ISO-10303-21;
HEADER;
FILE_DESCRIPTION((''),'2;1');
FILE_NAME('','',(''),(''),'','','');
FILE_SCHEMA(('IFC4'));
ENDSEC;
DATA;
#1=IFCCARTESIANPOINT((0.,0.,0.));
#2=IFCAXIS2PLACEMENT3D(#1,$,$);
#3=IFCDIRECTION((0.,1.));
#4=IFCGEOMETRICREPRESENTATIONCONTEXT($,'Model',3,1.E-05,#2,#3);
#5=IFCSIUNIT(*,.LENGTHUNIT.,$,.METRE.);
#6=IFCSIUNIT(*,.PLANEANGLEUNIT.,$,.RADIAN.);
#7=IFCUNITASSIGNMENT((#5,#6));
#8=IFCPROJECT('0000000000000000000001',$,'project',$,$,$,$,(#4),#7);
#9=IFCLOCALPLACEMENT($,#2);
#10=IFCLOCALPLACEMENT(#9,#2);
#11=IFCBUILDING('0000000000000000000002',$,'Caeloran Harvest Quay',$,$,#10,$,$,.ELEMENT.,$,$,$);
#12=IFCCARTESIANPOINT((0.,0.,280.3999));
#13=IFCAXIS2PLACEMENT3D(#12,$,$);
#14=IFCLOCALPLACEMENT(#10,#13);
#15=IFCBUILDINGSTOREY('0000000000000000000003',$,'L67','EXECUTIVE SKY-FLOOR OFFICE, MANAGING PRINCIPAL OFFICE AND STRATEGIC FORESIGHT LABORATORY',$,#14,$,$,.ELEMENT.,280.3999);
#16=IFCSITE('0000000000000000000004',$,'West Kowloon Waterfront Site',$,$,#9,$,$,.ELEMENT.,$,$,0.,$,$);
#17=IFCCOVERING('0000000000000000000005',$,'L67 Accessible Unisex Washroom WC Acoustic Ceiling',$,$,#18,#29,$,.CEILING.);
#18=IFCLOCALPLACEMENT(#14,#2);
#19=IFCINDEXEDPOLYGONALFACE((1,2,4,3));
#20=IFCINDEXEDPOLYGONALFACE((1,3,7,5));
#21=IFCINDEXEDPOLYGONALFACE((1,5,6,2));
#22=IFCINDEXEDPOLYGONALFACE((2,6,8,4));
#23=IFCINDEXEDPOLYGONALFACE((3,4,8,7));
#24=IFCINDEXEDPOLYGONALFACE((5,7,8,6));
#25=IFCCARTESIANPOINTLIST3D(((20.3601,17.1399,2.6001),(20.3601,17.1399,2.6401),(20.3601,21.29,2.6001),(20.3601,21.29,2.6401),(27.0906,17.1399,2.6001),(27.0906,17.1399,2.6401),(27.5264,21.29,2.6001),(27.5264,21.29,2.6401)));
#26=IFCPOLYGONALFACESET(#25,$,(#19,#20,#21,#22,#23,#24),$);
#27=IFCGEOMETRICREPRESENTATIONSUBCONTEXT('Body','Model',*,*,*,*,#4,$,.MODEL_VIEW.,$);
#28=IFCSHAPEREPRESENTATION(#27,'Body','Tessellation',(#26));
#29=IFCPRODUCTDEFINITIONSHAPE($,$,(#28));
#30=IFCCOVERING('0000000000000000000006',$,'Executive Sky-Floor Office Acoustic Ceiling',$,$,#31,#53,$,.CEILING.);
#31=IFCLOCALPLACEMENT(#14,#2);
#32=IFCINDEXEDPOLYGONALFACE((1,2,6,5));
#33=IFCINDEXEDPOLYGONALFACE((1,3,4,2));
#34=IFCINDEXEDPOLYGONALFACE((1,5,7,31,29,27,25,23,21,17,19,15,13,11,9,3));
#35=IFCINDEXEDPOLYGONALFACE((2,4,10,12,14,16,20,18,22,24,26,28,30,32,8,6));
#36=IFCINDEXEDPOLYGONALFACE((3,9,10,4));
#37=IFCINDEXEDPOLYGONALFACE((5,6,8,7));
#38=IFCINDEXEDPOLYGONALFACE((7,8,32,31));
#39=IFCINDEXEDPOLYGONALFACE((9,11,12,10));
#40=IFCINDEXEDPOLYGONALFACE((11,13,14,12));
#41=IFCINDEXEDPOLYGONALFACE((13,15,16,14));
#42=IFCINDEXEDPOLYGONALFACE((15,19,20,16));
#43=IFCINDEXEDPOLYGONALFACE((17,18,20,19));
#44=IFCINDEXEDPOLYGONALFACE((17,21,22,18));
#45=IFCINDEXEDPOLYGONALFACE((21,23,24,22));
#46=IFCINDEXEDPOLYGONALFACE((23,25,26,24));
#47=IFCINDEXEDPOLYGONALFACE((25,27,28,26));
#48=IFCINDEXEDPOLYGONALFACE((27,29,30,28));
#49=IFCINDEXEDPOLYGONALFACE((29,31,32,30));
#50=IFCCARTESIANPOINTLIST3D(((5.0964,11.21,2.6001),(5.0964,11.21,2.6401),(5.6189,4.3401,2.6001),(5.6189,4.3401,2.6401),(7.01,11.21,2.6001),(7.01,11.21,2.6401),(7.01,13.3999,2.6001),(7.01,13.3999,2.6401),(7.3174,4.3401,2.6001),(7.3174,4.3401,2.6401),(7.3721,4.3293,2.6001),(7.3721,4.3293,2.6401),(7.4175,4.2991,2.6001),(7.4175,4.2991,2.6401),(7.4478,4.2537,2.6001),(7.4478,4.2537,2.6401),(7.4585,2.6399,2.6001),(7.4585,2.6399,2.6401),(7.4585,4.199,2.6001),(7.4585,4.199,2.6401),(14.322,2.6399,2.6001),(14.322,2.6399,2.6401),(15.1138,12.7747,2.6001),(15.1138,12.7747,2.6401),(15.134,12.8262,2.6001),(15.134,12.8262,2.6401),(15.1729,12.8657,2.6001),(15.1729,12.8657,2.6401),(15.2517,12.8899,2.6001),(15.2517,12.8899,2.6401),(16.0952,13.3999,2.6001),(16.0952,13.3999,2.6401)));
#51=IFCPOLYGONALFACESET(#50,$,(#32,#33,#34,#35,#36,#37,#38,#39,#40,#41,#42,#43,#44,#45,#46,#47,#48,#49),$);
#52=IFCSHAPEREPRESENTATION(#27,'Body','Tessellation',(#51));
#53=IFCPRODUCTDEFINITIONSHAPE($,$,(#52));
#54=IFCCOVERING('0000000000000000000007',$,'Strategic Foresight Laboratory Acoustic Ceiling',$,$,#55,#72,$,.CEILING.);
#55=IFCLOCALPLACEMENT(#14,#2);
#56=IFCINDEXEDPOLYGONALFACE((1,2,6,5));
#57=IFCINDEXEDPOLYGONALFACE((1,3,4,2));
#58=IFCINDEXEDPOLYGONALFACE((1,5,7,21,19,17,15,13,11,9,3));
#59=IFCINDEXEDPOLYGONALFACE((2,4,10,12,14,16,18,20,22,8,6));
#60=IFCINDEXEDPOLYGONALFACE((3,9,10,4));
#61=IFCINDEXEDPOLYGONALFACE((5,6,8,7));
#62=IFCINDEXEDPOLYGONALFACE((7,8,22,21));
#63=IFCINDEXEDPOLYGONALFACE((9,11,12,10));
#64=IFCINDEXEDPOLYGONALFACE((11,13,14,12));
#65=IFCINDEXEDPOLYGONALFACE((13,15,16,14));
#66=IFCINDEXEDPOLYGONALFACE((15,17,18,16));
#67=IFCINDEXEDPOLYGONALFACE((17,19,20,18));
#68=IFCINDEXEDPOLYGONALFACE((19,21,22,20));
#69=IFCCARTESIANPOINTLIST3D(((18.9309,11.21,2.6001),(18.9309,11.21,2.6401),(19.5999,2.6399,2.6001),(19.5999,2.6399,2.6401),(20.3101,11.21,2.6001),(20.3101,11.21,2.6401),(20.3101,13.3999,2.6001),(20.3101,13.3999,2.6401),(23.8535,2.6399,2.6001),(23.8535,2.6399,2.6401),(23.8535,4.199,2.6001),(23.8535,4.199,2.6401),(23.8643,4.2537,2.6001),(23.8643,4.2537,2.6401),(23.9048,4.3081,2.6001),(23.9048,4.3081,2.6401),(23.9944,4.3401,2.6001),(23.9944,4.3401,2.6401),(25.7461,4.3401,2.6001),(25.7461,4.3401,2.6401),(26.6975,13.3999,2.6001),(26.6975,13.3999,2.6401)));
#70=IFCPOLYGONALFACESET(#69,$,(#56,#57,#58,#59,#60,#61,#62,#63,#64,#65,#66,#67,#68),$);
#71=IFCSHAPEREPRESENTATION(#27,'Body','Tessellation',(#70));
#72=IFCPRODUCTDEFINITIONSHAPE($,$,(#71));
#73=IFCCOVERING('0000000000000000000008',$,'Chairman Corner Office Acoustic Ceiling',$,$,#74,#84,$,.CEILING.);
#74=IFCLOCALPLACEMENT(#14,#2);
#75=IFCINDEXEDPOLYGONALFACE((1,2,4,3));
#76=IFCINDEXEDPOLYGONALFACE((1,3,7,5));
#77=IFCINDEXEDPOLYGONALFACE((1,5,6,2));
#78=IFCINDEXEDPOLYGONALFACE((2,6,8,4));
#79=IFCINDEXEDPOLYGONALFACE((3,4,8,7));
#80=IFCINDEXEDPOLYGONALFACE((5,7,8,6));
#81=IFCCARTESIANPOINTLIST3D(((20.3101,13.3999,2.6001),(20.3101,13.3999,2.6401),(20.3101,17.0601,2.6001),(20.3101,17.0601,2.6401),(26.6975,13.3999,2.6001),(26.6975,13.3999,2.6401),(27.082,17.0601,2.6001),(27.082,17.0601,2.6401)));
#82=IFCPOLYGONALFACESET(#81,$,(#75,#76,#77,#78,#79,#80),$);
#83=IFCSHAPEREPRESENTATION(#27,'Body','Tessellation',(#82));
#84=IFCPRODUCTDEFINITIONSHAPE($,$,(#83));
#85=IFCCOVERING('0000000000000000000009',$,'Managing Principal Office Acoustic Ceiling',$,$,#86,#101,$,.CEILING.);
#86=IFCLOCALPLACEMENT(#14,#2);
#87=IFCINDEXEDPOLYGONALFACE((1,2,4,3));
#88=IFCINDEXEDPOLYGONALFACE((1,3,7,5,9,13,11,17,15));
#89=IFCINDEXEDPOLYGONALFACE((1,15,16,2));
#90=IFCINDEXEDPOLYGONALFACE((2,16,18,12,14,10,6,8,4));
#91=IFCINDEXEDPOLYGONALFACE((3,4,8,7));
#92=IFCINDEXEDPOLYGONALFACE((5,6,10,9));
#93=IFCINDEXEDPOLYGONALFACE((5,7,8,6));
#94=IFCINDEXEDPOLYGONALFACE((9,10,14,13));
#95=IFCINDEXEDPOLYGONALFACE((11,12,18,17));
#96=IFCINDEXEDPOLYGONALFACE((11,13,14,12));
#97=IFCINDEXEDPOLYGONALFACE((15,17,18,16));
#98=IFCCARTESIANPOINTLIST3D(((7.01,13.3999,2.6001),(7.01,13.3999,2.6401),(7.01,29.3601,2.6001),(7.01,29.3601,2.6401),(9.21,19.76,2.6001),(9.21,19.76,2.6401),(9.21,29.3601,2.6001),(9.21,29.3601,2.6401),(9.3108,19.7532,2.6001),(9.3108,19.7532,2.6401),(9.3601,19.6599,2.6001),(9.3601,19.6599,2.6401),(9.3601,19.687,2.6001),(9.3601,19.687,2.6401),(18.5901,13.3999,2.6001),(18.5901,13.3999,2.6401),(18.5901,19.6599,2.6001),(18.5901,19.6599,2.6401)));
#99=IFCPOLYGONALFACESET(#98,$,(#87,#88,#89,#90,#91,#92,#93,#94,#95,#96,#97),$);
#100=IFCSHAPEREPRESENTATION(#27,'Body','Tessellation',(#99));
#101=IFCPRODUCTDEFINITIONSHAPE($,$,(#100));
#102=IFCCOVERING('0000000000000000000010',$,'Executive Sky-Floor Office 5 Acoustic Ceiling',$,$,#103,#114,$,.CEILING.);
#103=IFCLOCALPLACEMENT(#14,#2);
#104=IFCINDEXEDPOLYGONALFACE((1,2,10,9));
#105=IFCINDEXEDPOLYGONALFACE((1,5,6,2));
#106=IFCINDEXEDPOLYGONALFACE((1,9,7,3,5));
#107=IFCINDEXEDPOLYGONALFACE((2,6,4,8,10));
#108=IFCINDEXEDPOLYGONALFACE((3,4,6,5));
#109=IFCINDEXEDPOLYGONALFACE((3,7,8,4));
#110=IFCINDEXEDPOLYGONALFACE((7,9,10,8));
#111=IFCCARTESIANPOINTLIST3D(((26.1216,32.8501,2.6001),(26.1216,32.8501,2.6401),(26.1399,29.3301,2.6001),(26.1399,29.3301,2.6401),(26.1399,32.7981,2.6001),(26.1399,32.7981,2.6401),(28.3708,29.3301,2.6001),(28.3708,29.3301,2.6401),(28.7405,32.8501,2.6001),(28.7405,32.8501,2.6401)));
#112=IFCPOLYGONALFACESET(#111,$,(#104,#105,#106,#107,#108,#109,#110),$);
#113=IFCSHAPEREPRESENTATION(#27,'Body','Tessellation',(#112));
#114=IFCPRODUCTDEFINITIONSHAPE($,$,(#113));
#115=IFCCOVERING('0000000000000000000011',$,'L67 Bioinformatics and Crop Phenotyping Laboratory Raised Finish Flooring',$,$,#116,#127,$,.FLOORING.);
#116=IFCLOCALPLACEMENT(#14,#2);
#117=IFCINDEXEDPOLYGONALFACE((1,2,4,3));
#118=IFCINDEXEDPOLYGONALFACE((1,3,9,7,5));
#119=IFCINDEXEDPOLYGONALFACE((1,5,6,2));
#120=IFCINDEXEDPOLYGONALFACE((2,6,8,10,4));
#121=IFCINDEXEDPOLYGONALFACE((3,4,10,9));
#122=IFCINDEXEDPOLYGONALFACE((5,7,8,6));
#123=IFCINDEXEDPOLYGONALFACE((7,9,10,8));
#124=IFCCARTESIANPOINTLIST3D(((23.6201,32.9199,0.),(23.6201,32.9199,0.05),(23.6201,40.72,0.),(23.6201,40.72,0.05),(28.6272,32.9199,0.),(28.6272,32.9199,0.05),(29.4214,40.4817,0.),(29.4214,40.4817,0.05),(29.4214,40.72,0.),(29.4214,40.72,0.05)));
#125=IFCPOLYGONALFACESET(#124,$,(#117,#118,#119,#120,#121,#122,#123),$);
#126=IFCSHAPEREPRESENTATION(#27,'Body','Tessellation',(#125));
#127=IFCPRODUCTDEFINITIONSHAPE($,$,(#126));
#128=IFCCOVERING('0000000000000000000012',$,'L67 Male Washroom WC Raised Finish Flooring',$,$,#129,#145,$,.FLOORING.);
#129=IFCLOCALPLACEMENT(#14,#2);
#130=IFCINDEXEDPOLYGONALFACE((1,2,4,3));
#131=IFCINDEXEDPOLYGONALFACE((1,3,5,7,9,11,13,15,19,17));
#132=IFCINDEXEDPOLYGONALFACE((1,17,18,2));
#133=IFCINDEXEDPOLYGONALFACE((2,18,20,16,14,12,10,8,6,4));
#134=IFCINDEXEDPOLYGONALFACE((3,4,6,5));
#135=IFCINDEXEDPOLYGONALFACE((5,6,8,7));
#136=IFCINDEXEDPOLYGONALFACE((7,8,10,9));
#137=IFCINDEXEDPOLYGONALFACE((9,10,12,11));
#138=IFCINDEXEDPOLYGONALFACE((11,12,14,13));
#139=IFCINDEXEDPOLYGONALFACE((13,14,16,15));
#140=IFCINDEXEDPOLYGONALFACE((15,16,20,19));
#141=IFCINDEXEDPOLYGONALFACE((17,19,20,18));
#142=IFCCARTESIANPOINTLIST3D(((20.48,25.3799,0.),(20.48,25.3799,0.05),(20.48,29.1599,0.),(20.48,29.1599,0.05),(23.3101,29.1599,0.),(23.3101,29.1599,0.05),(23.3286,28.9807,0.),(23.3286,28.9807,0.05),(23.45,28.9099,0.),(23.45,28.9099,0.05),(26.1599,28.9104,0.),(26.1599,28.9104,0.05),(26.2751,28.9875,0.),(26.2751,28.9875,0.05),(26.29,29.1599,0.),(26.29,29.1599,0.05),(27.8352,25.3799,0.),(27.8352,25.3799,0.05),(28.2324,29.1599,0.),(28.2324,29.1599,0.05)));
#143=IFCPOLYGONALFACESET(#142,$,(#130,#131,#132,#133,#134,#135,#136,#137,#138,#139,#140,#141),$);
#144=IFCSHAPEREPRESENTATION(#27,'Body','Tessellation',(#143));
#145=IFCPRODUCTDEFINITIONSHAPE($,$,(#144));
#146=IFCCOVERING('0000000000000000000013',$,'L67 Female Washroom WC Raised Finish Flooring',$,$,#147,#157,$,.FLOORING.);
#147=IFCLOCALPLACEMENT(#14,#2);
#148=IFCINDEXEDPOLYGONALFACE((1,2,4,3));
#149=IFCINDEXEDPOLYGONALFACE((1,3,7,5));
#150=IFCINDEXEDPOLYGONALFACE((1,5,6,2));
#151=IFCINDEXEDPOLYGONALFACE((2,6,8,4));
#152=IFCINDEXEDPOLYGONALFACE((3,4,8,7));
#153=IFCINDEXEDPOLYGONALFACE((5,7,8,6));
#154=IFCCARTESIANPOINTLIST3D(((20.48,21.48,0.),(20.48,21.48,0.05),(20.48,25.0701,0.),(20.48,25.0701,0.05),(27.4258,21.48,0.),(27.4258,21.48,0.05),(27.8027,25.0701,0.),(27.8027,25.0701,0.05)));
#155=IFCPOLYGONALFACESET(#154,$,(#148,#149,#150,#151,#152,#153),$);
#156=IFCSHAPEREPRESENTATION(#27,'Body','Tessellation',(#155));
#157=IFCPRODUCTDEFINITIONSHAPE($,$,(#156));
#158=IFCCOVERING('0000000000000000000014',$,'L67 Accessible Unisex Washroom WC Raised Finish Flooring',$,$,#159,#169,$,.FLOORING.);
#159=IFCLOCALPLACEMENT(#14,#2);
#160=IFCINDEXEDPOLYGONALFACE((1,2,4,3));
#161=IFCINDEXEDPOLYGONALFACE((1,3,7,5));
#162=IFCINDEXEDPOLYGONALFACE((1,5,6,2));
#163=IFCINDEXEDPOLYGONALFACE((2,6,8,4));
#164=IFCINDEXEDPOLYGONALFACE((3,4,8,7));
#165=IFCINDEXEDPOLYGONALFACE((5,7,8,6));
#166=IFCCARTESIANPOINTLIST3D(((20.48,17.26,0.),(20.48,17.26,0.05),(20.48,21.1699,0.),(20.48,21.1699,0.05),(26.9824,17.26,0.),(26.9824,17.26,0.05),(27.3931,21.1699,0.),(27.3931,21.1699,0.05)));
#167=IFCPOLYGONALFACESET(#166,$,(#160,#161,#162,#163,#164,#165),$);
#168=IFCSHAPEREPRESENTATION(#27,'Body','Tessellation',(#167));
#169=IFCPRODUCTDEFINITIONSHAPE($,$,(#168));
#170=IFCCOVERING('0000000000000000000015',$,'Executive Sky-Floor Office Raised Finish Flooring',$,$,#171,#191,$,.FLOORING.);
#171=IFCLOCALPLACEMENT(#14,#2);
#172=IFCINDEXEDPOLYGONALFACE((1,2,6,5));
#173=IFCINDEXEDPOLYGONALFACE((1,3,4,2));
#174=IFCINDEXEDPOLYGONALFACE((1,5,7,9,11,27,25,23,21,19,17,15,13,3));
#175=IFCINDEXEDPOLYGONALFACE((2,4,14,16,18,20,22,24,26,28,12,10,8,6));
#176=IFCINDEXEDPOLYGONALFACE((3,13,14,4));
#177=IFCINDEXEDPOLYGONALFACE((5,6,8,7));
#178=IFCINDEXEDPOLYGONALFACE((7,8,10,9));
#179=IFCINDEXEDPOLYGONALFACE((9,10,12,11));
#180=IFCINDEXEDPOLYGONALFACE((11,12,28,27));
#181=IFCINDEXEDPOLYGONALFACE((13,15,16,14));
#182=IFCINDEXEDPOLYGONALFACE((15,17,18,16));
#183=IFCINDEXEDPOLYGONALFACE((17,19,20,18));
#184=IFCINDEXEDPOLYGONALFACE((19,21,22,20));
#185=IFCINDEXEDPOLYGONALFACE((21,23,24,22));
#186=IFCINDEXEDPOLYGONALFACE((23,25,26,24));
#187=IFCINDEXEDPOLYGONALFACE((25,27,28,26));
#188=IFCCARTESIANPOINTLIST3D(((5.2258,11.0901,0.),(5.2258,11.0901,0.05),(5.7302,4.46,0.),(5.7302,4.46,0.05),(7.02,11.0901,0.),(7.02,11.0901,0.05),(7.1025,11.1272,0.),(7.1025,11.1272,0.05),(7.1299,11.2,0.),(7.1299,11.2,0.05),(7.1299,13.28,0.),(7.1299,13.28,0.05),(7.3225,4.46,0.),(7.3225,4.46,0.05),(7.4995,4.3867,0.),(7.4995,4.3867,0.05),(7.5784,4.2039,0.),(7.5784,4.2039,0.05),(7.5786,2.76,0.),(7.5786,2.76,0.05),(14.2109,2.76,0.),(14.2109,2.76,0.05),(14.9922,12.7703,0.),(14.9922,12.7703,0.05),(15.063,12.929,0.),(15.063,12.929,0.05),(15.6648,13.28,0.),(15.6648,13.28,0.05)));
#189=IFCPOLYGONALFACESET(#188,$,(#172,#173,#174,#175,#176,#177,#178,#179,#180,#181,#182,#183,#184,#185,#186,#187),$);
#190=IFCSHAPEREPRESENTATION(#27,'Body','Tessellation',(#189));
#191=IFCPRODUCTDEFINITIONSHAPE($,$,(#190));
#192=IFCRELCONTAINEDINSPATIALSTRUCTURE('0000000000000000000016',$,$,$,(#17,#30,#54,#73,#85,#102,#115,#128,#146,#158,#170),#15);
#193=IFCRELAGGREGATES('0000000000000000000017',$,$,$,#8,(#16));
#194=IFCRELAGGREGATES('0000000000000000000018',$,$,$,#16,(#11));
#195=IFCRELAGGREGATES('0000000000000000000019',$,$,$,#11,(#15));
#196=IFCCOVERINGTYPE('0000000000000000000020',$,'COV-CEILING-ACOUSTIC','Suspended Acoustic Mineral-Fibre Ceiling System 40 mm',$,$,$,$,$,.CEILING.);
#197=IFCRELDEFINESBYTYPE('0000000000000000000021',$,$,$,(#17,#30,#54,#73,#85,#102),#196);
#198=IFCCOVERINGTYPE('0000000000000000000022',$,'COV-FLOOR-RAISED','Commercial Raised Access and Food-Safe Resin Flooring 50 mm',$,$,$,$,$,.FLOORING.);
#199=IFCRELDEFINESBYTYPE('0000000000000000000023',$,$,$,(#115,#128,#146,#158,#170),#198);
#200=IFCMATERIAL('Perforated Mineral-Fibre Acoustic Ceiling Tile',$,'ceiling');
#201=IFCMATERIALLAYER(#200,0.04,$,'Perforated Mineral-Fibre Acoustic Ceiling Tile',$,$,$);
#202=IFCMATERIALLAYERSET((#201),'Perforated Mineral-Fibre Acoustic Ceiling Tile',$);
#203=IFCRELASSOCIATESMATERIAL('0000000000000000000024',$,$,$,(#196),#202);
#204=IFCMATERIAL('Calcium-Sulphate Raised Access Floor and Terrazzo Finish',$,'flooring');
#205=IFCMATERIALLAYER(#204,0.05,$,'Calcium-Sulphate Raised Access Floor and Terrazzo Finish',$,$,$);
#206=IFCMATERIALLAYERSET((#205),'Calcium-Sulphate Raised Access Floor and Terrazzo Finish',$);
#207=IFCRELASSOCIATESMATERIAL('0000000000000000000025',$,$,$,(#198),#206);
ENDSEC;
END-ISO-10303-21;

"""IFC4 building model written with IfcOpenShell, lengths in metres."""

from ifc_helpers import new_model, si_unit, direction, frame, origin, place, context, subcontext, project, spatial, polyline, outline, extrude, material, layer, layer_set, type_object, element, save


model = new_model("IFC4")

# Units and contexts
model_context = context("Model", 3, precision=1e-05, world=origin(), true_north=direction((0.0, 1.0)))
body_context = subcontext(model_context, "Body", "Model", "MODEL_VIEW")
ifc_project = project(units=[si_unit("LENGTHUNIT", "METRE"), si_unit("PLANEANGLEUNIT", "RADIAN")], contexts=[model_context])

# Site, building, storey
site_placement = place(None, origin())
site = spatial("IfcSite", under=ifc_project, at=site_placement, Name="West Kowloon Waterfront Site", CompositionType="ELEMENT", RefElevation=0.0)
building_placement = place(site_placement, origin())
building = spatial("IfcBuilding", under=site, at=building_placement, Name="Caeloran Harvest Quay", CompositionType="ELEMENT")
storey_placement = place(building_placement, frame((0.0, 0.0, 280.3999)))
storey = spatial("IfcBuildingStorey", under=building, at=storey_placement, Name="L67", Description="EXECUTIVE SKY-FLOOR OFFICE, MANAGING PRINCIPAL OFFICE AND STRATEGIC FORESIGHT LABORATORY", CompositionType="ELEMENT", Elevation=280.3999)

# Coverings
ifc_material_1 = material(Name="Perforated Mineral-Fibre Acoustic Ceiling Tile", Category="ceiling")
ifc_layer_1 = layer(ifc_material_1, 0.04, Name="Perforated Mineral-Fibre Acoustic Ceiling Tile")
ifc_layer_set_1 = layer_set([ifc_layer_1], Name="Perforated Mineral-Fibre Acoustic Ceiling Tile")
covering_type_1 = type_object("IfcCoveringType", Name="COV-CEILING-ACOUSTIC", Description="Suspended Acoustic Mineral-Fibre Ceiling System 40 mm", PredefinedType="CEILING", material=ifc_layer_set_1)
covering_1_placement = place(storey_placement, frame((0.0, 0.0, 2.6001)))
element("IfcCovering", 1, at=covering_1_placement, inside=storey, type_object=covering_type_1, Name="L67 Accessible Unisex Washroom WC Acoustic Ceiling", PredefinedType="CEILING", context=body_context, shape_type="SweptSolid", body=[
    extrude(outline(polyline([(27.5264, 21.29), (27.0906, 17.1399), (20.3601, 17.1399), (20.3601, 21.29), (27.5264, 21.29)])), origin(), (0.0, 0.0, 1.0), 0.04),
])
covering_2_placement = place(storey_placement, frame((0.0, 0.0, 2.6001)))
element("IfcCovering", 2, at=covering_2_placement, inside=storey, type_object=covering_type_1, Name="Executive Sky-Floor Office Acoustic Ceiling", PredefinedType="CEILING", context=body_context, shape_type="SweptSolid", body=[
    extrude(outline(polyline([(7.01, 11.21), (7.01, 13.3999), (16.0952, 13.3999), (15.2517, 12.8899), (15.1729, 12.8657), (15.134, 12.8262), (15.1138, 12.7747), (14.322, 2.6399), (7.4585, 2.6399), (7.4585, 4.199), (7.4478, 4.2537), (7.4175, 4.2991), (7.3721, 4.3293), (7.3174, 4.3401), (5.6189, 4.3401), (5.0964, 11.21), (7.01, 11.21)])), origin(), (0.0, 0.0, 1.0), 0.04),
])
covering_3_placement = place(storey_placement, frame((0.0, 0.0, 2.6001)))
element("IfcCovering", 3, at=covering_3_placement, inside=storey, type_object=covering_type_1, Name="Strategic Foresight Laboratory Acoustic Ceiling", PredefinedType="CEILING", context=body_context, shape_type="SweptSolid", body=[
    extrude(outline(polyline([(20.3101, 11.21), (20.3101, 13.3999), (26.6975, 13.3999), (25.7461, 4.3401), (23.9944, 4.3401), (23.9048, 4.3081), (23.8643, 4.2537), (23.8535, 4.199), (23.8535, 2.6399), (19.5999, 2.6399), (18.9309, 11.21), (20.3101, 11.21)])), origin(), (0.0, 0.0, 1.0), 0.04),
])
covering_4_placement = place(storey_placement, frame((0.0, 0.0, 2.6001)))
element("IfcCovering", 4, at=covering_4_placement, inside=storey, type_object=covering_type_1, Name="Chairman Corner Office Acoustic Ceiling", PredefinedType="CEILING", context=body_context, shape_type="SweptSolid", body=[
    extrude(outline(polyline([(20.3101, 17.0601), (27.082, 17.0601), (26.6975, 13.3999), (20.3101, 13.3999), (20.3101, 17.0601)])), origin(), (0.0, 0.0, 1.0), 0.04),
])
covering_5_placement = place(storey_placement, frame((0.0, 0.0, 2.6001)))
element("IfcCovering", 5, at=covering_5_placement, inside=storey, type_object=covering_type_1, Name="Managing Principal Office Acoustic Ceiling", PredefinedType="CEILING", context=body_context, shape_type="SweptSolid", body=[
    extrude(outline(polyline([(9.3108, 19.7532), (9.3601, 19.687), (9.3601, 19.6599), (18.5901, 19.6599), (18.5901, 13.3999), (7.01, 13.3999), (7.01, 29.3601), (9.21, 29.3601), (9.21, 19.76), (9.3108, 19.7532)])), origin(), (0.0, 0.0, 1.0), 0.04),
])
covering_6_placement = place(storey_placement, frame((0.0, 0.0, 2.6001)))
element("IfcCovering", 6, at=covering_6_placement, inside=storey, type_object=covering_type_1, Name="Executive Sky-Floor Office 5 Acoustic Ceiling", PredefinedType="CEILING", context=body_context, shape_type="SweptSolid", body=[
    extrude(outline(polyline([(26.1399, 32.7981), (26.1216, 32.8501), (28.7405, 32.8501), (28.3708, 29.3301), (26.1399, 29.3301), (26.1399, 32.7981)])), origin(), (0.0, 0.0, 1.0), 0.04),
])
ifc_material_2 = material(Name="Calcium-Sulphate Raised Access Floor and Terrazzo Finish", Category="flooring")
ifc_layer_2 = layer(ifc_material_2, 0.05, Name="Calcium-Sulphate Raised Access Floor and Terrazzo Finish")
ifc_layer_set_2 = layer_set([ifc_layer_2], Name="Calcium-Sulphate Raised Access Floor and Terrazzo Finish")
covering_type_2 = type_object("IfcCoveringType", Name="COV-FLOOR-RAISED", Description="Commercial Raised Access and Food-Safe Resin Flooring 50 mm", PredefinedType="FLOORING", material=ifc_layer_set_2)
covering_7_placement = place(storey_placement, origin())
element("IfcCovering", 7, at=covering_7_placement, inside=storey, type_object=covering_type_2, Name="L67 Bioinformatics and Crop Phenotyping Laboratory Raised Finish Flooring", PredefinedType="FLOORING", context=body_context, shape_type="SweptSolid", body=[
    extrude(outline(polyline([(29.4214, 40.4817), (28.6272, 32.9199), (23.6201, 32.9199), (23.6201, 40.72), (29.4214, 40.72), (29.4214, 40.4817)])), origin(), (0.0, 0.0, 1.0), 0.05),
])
covering_8_placement = place(storey_placement, origin())
element("IfcCovering", 8, at=covering_8_placement, inside=storey, type_object=covering_type_2, Name="L67 Male Washroom WC Raised Finish Flooring", PredefinedType="FLOORING", context=body_context, shape_type="SweptSolid", body=[
    extrude(outline(polyline([(23.3101, 29.1599), (23.3286, 28.9807), (23.45, 28.9099), (26.1599, 28.9104), (26.2751, 28.9875), (26.29, 29.1599), (28.2324, 29.1599), (27.8352, 25.3799), (20.48, 25.3799), (20.48, 29.1599), (23.3101, 29.1599)])), origin(), (0.0, 0.0, 1.0), 0.05),
])
covering_9_placement = place(storey_placement, origin())
element("IfcCovering", 9, at=covering_9_placement, inside=storey, type_object=covering_type_2, Name="L67 Female Washroom WC Raised Finish Flooring", PredefinedType="FLOORING", context=body_context, shape_type="SweptSolid", body=[
    extrude(outline(polyline([(27.8027, 25.0701), (27.4258, 21.48), (20.48, 21.48), (20.48, 25.0701), (27.8027, 25.0701)])), origin(), (0.0, 0.0, 1.0), 0.05),
])
covering_10_placement = place(storey_placement, origin())
element("IfcCovering", 10, at=covering_10_placement, inside=storey, type_object=covering_type_2, Name="L67 Accessible Unisex Washroom WC Raised Finish Flooring", PredefinedType="FLOORING", context=body_context, shape_type="SweptSolid", body=[
    extrude(outline(polyline([(27.3931, 21.1699), (26.9824, 17.26), (20.48, 17.26), (20.48, 21.1699), (27.3931, 21.1699)])), origin(), (0.0, 0.0, 1.0), 0.05),
])
covering_11_placement = place(storey_placement, origin())
element("IfcCovering", 11, at=covering_11_placement, inside=storey, type_object=covering_type_2, Name="Executive Sky-Floor Office Raised Finish Flooring", PredefinedType="FLOORING", context=body_context, shape_type="SweptSolid", body=[
    extrude(outline(polyline([(15.6648, 13.28), (15.063, 12.929), (14.9922, 12.7703), (14.2109, 2.76), (7.5786, 2.76), (7.5784, 4.2039), (7.4995, 4.3867), (7.3225, 4.46), (5.7302, 4.46), (5.2258, 11.0901), (7.02, 11.0901), (7.1025, 11.1272), (7.1299, 11.2), (7.1299, 13.28), (15.6648, 13.28)])), origin(), (0.0, 0.0, 1.0), 0.05),
])

save(model, "model.ifc")
